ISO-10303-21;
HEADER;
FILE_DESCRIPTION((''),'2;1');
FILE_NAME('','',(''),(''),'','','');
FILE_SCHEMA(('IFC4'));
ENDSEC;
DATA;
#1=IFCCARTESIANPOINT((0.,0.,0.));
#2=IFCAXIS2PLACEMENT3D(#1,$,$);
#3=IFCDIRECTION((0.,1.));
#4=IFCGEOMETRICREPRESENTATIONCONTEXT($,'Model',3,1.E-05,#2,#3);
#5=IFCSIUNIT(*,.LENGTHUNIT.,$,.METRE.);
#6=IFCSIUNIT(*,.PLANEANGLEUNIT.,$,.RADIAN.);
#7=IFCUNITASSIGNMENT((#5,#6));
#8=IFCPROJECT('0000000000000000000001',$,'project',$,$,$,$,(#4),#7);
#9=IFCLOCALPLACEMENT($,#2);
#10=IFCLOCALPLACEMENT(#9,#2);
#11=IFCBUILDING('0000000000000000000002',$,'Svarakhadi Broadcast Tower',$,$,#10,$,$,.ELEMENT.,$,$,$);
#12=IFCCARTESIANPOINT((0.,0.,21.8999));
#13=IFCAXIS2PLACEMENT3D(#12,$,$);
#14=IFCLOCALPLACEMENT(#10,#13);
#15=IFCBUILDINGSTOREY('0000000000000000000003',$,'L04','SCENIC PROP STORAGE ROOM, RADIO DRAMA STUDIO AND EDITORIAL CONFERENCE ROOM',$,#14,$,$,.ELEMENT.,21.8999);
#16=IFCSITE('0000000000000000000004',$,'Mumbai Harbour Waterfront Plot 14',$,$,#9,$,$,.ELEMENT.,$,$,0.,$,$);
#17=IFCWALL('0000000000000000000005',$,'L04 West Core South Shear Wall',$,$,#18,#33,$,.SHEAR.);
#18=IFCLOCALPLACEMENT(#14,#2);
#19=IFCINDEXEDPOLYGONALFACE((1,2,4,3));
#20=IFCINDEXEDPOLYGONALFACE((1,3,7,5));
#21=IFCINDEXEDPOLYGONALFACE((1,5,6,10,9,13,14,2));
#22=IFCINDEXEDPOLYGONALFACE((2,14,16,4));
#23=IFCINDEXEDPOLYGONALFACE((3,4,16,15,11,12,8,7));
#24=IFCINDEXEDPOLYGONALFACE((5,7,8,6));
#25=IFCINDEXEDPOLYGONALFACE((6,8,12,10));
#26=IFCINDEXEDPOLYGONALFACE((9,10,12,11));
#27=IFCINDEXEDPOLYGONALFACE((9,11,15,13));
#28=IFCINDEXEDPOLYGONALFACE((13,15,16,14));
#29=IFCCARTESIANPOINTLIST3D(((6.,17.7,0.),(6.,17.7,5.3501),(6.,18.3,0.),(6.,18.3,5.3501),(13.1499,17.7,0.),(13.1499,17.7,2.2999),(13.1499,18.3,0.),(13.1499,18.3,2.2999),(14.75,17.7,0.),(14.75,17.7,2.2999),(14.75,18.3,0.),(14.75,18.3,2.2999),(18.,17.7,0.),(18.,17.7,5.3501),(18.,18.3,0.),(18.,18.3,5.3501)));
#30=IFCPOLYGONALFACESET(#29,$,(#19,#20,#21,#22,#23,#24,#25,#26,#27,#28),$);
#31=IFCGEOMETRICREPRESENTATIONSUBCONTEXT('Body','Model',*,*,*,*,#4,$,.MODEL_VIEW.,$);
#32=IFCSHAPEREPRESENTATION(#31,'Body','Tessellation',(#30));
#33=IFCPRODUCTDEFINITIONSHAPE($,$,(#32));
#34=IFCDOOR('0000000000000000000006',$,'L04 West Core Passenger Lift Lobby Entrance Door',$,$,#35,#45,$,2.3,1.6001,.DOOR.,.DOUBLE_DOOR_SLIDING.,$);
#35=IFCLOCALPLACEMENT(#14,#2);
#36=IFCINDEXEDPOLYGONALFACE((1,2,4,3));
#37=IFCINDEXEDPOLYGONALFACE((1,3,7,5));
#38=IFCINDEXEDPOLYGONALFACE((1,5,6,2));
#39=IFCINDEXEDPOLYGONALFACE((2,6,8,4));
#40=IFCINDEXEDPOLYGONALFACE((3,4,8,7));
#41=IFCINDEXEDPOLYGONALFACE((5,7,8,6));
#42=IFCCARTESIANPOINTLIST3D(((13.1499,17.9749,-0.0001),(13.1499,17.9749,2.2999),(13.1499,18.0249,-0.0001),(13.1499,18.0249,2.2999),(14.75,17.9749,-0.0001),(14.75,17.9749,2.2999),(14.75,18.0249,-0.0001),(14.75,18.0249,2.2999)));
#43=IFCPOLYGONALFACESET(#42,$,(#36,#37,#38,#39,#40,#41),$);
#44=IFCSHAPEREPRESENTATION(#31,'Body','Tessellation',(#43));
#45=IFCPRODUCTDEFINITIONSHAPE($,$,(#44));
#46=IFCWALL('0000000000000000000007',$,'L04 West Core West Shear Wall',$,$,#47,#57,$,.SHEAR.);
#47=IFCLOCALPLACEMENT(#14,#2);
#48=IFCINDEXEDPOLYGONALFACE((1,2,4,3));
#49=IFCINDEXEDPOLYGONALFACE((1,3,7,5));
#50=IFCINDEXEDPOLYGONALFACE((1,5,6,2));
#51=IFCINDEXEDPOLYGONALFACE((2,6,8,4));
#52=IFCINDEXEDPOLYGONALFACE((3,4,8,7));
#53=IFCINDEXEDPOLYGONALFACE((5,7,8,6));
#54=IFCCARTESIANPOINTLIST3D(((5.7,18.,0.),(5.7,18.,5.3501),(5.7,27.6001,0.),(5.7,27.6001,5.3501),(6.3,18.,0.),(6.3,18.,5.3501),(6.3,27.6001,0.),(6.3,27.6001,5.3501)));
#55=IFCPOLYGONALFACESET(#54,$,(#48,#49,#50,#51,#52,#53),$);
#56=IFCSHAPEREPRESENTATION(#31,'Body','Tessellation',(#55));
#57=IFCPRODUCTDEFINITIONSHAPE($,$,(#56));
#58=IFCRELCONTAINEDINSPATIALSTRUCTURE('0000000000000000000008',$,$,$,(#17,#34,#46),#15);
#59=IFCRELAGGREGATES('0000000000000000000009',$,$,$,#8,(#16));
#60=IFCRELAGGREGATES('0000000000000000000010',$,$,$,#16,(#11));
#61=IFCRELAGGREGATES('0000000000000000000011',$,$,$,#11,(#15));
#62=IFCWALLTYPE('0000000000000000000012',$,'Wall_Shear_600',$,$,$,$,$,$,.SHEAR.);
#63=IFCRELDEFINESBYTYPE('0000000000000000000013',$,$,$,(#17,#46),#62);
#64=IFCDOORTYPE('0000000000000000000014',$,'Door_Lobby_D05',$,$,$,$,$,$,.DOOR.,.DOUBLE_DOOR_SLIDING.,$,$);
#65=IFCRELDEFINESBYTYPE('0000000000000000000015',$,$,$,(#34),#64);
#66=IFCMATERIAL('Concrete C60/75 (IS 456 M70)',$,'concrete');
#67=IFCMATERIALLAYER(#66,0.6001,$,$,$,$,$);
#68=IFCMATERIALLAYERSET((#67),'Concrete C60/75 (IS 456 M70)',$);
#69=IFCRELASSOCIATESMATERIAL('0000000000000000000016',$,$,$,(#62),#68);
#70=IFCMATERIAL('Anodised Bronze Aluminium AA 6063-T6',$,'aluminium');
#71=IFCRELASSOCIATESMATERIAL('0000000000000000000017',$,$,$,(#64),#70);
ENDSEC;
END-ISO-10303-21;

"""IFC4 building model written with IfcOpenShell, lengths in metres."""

from ifc_helpers import new_model, si_unit, direction, frame, frame_2d, origin, place, context, subcontext, project, spatial, rectangle, extrude, material, layer, layer_set, type_object, element, fill, save


model = new_model("IFC4")

# Units and contexts
model_context = context("Model", 3, precision=1e-05, world=origin(), true_north=direction((0.0, 1.0)))
body_context = subcontext(model_context, "Body", "Model", "MODEL_VIEW")
ifc_project = project(units=[si_unit("LENGTHUNIT", "METRE"), si_unit("PLANEANGLEUNIT", "RADIAN")], contexts=[model_context])

# Site, building, storey
site_placement = place(None, origin())
site = spatial("IfcSite", under=ifc_project, at=site_placement, Name="Mumbai Harbour Waterfront Plot 14", CompositionType="ELEMENT", RefElevation=0.0)
building_placement = place(site_placement, origin())
building = spatial("IfcBuilding", under=site, at=building_placement, Name="Svarakhadi Broadcast Tower", CompositionType="ELEMENT")
storey_placement = place(building_placement, frame((0.0, 0.0, 21.8999)))
storey = spatial("IfcBuildingStorey", under=building, at=storey_placement, Name="L04", Description="SCENIC PROP STORAGE ROOM, RADIO DRAMA STUDIO AND EDITORIAL CONFERENCE ROOM", CompositionType="ELEMENT", Elevation=21.8999)

# Shared definitions
ifc_material_1 = material(Name="Concrete C60/75 (IS 456 M70)", Category="concrete")

# Wall, opening, door
ifc_layer_1 = layer(ifc_material_1, 0.6001)
ifc_layer_set_1 = layer_set([ifc_layer_1], Name="Concrete C60/75 (IS 456 M70)")
wall_type_1 = type_object("IfcWallType", Name="Wall_Shear_600", PredefinedType="SHEAR", material=ifc_layer_set_1)
wall_1_placement = place(storey_placement, frame((6.0, 18.0, 0.0), z_axis=(0.0, 0.0, 1.0), x_axis=(1.0, 0.0, 0.0)))
wall_1 = element("IfcWall", 1, at=wall_1_placement, inside=storey, type_object=wall_type_1, Name="L04 West Core South Shear Wall", PredefinedType="SHEAR", context=body_context, shape_type="SweptSolid", body=[
    extrude(rectangle(XDim=12.0, YDim=0.6001, at=frame_2d((6.0, 0.0))), origin(), (0.0, 0.0, 1.0), 5.3501),
])
opening_1_placement = place(wall_1_placement, frame((7.1499, 0.0, 0.0)))
opening_1 = element("IfcOpeningElement", 2, at=opening_1_placement, cuts=wall_1, PredefinedType="OPENING", context=body_context, shape_type="SweptSolid", body=[
    extrude(rectangle(XDim=1.6001, YDim=2.3, at=frame_2d((0.8, 1.1499))), frame((0.0, 0.3101, 0.0), z_axis=(0.0, -1.0, 0.0), x_axis=(1.0, 0.0, 0.0)), (0.0, 0.0, 1.0), 0.6201),
])
ifc_material_2 = material(Name="Anodised Bronze Aluminium AA 6063-T6", Category="aluminium")
door_type_1 = type_object("IfcDoorType", Name="Door_Lobby_D05", OperationType="DOUBLE_DOOR_SLIDING", PredefinedType="DOOR", material=ifc_material_2)
door_1_placement = place(opening_1_placement, origin())
door_1 = element("IfcDoor", 3, at=door_1_placement, inside=storey, type_object=door_type_1, Name="L04 West Core Passenger Lift Lobby Entrance Door", OperationType="DOUBLE_DOOR_SLIDING", OverallHeight=2.3, OverallWidth=1.6001, PredefinedType="DOOR", context=body_context, shape_type="SweptSolid", body=[
    extrude(rectangle(XDim=1.6001, YDim=2.3, at=frame_2d((0.8, 1.1499))), frame((0.0, 0.0249, 0.0), z_axis=(0.0, -1.0, 0.0), x_axis=(1.0, 0.0, 0.0)), (0.0, 0.0, 1.0), 0.05),
])
fill(opening_1, door_1)

# Wall
wall_2_placement = place(storey_placement, frame((6.0, 18.0, 0.0), z_axis=(0.0, 0.0, 1.0), x_axis=(0.0, 1.0, 0.0)))
element("IfcWall", 4, at=wall_2_placement, inside=storey, type_object=wall_type_1, Name="L04 West Core West Shear Wall", PredefinedType="SHEAR", context=body_context, shape_type="SweptSolid", body=[
    extrude(rectangle(XDim=9.6001, YDim=0.6001, at=frame_2d((4.8, 0.0))), origin(), (0.0, 0.0, 1.0), 5.3501),
])

save(model, "model.ifc")
